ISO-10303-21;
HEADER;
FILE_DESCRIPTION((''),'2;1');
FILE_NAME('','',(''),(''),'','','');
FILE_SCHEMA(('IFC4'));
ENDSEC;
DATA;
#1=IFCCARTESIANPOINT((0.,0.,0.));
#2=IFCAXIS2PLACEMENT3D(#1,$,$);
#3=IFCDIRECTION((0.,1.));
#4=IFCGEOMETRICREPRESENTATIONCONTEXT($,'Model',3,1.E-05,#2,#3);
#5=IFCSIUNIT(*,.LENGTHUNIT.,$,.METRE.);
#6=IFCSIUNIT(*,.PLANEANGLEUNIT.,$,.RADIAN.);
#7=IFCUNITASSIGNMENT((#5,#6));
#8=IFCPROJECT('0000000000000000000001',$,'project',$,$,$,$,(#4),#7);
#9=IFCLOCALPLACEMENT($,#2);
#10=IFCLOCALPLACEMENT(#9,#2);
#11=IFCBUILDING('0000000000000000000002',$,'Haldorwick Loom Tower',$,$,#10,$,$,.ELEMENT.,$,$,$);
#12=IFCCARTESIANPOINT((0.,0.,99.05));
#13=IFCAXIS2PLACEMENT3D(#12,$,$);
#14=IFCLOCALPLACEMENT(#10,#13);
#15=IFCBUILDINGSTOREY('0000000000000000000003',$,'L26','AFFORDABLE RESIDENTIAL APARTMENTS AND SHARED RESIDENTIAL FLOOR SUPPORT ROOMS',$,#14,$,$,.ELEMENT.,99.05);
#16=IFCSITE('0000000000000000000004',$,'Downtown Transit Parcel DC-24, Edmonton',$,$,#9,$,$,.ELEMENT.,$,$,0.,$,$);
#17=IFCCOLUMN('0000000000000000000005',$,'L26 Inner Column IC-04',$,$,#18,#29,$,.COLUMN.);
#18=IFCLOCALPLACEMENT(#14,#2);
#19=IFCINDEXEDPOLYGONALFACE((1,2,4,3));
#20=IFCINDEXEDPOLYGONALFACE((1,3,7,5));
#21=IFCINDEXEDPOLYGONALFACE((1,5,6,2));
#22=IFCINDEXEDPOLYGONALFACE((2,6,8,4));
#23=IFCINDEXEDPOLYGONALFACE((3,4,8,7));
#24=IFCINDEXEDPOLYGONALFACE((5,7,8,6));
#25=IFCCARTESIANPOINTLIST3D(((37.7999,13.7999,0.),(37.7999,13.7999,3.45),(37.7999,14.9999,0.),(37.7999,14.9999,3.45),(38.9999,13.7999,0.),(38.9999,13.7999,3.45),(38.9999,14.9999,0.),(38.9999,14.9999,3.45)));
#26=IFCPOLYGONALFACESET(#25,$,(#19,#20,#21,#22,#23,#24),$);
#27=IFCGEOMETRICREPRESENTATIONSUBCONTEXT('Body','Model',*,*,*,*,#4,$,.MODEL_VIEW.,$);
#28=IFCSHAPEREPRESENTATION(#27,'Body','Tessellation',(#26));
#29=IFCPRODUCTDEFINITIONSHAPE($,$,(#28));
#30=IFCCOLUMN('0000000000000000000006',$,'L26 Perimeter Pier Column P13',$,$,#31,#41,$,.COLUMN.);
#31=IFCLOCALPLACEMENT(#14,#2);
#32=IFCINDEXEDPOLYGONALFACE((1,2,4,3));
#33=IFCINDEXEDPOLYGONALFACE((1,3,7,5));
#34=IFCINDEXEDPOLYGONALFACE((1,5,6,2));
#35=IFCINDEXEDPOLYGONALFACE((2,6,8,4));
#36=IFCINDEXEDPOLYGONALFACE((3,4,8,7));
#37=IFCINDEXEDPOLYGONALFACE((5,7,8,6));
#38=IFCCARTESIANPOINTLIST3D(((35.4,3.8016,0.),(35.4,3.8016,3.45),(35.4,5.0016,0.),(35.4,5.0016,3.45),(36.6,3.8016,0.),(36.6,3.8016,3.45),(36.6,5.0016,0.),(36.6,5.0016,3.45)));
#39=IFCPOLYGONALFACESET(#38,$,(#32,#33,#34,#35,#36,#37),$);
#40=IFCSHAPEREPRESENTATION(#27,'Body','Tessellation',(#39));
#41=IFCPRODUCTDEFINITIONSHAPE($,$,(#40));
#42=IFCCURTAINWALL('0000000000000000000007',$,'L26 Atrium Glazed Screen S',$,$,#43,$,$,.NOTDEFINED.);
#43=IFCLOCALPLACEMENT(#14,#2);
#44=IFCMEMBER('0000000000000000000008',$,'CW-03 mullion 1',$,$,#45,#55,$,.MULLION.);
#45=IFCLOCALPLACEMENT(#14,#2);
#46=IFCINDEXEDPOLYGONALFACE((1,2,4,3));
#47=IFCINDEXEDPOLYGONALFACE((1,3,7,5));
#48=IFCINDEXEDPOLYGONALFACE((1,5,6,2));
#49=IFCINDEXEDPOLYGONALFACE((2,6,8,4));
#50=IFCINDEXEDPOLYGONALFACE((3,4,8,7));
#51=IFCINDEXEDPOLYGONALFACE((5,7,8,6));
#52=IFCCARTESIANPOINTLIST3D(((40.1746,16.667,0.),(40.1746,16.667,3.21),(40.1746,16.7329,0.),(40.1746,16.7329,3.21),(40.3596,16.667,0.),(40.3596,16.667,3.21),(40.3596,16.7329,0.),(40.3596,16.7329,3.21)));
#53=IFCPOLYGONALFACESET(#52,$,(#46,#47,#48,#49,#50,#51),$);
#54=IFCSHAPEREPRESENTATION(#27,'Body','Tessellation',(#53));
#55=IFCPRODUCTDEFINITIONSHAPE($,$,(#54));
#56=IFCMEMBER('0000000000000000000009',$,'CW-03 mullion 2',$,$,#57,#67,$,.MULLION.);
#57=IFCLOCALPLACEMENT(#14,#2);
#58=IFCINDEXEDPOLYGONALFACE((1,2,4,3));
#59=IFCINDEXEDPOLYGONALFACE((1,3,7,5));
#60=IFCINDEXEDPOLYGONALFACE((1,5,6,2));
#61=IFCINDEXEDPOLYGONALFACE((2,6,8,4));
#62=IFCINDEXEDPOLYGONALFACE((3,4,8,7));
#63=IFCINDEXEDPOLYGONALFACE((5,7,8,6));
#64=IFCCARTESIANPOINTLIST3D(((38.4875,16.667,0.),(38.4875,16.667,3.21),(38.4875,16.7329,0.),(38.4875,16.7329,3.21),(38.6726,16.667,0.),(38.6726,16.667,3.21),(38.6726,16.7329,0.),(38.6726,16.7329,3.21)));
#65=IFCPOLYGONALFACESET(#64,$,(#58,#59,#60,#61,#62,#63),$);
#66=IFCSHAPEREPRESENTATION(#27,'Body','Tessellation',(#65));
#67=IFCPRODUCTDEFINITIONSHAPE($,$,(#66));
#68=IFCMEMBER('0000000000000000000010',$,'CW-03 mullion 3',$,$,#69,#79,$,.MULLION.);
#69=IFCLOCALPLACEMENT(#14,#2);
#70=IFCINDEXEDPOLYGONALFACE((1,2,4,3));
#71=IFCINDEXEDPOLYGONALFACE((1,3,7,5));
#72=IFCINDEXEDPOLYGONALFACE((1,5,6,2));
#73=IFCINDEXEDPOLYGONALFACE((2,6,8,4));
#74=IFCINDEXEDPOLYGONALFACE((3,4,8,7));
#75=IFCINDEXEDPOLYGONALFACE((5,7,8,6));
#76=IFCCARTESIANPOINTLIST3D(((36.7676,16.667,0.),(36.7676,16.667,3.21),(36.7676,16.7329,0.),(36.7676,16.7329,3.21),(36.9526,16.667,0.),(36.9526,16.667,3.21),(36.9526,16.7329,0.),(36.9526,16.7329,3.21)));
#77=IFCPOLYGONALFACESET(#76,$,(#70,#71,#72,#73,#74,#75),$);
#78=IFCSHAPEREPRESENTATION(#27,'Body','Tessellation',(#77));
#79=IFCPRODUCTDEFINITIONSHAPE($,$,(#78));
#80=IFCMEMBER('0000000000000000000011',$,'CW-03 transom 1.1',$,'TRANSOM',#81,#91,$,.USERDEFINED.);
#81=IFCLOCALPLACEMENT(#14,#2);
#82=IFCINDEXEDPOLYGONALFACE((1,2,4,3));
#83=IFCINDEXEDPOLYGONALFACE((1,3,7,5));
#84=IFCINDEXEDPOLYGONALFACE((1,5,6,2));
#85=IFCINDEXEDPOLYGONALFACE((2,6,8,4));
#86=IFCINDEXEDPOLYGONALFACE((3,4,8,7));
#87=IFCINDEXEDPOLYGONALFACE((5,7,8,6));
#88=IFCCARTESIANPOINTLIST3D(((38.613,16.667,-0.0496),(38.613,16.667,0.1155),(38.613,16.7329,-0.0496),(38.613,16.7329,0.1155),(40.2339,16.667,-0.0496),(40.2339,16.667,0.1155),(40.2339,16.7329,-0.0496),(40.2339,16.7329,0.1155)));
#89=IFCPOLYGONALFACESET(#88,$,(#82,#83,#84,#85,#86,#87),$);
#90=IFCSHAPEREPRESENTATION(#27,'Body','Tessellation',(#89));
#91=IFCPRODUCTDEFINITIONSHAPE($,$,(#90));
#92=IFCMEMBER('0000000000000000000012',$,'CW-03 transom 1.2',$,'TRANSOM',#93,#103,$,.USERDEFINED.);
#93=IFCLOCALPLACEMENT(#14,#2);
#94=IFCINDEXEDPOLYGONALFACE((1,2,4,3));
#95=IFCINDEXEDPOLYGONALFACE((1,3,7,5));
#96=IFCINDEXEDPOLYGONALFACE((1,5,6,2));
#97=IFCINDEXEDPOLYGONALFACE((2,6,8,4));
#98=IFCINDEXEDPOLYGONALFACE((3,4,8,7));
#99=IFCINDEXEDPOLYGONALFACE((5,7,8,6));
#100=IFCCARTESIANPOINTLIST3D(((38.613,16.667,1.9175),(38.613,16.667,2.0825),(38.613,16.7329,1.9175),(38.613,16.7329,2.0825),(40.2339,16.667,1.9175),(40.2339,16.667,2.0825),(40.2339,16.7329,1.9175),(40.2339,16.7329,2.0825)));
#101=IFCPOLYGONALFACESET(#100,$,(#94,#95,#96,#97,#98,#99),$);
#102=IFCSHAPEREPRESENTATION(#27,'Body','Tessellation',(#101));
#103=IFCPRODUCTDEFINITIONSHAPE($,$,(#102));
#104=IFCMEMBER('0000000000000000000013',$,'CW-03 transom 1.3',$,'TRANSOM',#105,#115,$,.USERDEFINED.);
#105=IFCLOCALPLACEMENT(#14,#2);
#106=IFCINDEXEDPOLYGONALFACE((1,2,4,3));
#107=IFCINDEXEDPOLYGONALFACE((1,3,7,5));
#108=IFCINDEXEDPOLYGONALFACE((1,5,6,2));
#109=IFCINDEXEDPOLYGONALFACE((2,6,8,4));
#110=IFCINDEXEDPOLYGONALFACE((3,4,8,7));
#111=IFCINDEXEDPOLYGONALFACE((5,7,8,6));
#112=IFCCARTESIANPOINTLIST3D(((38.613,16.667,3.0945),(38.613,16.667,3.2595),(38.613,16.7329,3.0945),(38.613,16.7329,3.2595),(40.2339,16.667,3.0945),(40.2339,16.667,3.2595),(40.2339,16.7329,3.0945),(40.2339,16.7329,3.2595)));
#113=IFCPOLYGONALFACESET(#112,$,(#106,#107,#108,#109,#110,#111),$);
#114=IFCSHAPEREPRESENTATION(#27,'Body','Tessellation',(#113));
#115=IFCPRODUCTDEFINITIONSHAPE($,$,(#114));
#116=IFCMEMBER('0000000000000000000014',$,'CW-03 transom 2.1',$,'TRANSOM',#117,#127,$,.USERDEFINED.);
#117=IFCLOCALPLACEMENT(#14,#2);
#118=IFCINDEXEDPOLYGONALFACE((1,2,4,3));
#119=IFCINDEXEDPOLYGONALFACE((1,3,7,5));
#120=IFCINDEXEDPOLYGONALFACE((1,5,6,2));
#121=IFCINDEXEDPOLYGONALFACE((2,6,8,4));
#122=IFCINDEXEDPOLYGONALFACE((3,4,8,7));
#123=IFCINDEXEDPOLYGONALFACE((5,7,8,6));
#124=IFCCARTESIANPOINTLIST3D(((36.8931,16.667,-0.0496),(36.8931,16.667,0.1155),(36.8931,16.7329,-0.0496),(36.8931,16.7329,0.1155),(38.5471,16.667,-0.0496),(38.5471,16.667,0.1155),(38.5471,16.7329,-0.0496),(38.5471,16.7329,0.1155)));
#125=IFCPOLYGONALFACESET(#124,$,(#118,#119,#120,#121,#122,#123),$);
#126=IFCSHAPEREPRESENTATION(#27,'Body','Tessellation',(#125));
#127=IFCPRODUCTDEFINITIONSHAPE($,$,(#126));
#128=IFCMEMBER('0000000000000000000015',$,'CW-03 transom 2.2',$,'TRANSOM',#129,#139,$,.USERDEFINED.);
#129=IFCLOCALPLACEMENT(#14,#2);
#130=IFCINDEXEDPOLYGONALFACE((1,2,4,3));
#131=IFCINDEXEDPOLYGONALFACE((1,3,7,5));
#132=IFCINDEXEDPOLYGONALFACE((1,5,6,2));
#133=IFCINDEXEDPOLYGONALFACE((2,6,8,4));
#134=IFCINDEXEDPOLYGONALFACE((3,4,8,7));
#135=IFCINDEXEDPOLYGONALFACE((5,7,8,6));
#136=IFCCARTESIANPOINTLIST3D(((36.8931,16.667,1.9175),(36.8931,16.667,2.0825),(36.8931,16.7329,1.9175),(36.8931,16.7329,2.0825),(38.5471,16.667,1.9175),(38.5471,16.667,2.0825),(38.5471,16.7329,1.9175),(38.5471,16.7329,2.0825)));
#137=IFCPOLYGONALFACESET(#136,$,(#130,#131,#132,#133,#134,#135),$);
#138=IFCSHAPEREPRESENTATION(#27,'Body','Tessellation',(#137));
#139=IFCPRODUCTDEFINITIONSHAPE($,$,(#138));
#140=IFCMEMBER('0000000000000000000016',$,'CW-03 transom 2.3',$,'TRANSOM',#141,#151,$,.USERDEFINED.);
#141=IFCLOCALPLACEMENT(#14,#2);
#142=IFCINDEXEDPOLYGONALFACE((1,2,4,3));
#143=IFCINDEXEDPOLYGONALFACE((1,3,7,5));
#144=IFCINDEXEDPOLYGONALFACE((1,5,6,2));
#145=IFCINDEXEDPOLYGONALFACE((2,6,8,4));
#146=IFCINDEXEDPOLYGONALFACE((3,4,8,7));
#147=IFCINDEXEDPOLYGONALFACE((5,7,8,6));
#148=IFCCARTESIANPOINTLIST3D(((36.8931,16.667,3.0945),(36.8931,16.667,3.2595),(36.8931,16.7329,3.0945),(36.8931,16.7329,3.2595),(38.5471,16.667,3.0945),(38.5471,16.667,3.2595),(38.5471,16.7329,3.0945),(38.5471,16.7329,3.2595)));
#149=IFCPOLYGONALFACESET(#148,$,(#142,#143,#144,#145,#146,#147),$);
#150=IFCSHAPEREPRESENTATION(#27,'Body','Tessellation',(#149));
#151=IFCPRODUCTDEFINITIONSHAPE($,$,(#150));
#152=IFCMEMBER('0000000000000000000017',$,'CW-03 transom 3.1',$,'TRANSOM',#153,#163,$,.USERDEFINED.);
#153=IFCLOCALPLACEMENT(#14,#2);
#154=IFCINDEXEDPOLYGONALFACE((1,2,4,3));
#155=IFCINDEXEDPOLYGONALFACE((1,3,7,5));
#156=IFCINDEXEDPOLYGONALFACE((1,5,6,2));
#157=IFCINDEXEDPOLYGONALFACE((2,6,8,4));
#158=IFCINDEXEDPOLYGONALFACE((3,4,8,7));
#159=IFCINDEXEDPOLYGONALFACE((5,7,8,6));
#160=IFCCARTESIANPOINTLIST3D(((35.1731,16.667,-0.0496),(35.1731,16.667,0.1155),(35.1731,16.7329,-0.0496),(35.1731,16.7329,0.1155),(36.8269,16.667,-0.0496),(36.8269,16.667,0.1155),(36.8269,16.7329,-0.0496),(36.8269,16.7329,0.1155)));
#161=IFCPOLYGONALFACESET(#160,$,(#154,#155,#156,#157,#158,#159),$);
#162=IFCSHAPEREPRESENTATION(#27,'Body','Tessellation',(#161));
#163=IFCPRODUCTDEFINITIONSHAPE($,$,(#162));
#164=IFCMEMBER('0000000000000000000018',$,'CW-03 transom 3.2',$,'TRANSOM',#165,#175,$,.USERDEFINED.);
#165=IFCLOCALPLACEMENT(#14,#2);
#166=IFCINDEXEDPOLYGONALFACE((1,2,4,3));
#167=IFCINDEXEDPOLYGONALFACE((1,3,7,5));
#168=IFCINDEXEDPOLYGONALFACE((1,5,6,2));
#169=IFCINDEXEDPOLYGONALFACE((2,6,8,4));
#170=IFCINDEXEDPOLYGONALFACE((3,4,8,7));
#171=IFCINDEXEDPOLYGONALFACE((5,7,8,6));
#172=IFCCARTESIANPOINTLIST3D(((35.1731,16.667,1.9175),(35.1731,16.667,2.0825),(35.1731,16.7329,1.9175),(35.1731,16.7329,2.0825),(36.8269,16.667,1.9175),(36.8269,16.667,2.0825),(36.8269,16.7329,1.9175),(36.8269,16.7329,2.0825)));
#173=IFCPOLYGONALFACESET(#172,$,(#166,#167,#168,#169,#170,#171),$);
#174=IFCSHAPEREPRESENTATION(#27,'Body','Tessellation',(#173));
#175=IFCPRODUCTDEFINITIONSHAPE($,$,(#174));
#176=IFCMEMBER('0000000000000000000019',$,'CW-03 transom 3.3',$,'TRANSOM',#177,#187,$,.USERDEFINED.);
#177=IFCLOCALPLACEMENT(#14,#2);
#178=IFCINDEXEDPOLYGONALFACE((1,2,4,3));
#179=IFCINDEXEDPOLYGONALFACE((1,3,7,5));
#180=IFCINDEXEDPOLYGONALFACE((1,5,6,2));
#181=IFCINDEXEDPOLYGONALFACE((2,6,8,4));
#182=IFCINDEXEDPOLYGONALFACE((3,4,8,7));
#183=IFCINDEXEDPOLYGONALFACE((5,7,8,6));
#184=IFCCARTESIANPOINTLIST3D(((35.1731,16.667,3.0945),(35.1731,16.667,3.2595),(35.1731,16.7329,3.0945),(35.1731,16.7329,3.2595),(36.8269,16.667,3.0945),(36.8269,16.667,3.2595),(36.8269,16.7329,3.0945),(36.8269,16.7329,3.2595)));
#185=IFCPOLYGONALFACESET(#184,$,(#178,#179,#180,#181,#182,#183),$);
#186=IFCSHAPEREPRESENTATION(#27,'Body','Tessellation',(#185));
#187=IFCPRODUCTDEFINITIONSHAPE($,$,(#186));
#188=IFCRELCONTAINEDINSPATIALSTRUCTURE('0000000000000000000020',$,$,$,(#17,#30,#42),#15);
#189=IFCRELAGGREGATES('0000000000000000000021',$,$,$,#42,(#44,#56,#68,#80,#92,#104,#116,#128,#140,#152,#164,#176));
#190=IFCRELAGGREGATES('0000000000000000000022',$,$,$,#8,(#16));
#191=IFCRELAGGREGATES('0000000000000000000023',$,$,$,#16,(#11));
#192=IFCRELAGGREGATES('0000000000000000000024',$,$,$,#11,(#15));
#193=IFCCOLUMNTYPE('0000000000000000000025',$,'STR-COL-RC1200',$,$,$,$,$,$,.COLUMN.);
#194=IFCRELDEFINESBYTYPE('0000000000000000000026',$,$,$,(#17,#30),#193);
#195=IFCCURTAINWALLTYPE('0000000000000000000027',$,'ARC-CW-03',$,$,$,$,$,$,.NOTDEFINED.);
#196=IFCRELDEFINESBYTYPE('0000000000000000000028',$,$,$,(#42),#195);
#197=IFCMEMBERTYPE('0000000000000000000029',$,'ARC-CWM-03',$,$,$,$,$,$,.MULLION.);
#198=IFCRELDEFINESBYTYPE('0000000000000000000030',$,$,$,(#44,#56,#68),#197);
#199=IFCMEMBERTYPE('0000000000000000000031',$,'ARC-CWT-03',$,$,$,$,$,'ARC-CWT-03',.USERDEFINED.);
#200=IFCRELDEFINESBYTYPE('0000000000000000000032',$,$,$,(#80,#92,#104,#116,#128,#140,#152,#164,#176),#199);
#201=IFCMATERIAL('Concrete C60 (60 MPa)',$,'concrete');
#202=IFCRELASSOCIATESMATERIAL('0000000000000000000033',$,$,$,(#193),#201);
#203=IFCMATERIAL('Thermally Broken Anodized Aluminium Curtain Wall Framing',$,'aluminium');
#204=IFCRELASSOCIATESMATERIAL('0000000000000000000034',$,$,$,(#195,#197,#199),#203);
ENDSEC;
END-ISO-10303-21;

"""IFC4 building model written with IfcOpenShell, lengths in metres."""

from ifc_helpers import new_model, si_unit, direction, frame, origin, origin_2d, place, context, subcontext, project, spatial, rectangle, extrude, material, material_profile, profile_set, type_object, element, aggregate, save


model = new_model("IFC4")

# Units and contexts
model_context = context("Model", 3, precision=1e-05, world=origin(), true_north=direction((0.0, 1.0)))
body_context = subcontext(model_context, "Body", "Model", "MODEL_VIEW")
ifc_project = project(units=[si_unit("LENGTHUNIT", "METRE"), si_unit("PLANEANGLEUNIT", "RADIAN")], contexts=[model_context])

# Site, building, storey
site_placement = place(None, origin())
site = spatial("IfcSite", under=ifc_project, at=site_placement, Name="Downtown Transit Parcel DC-24, Edmonton", CompositionType="ELEMENT", RefElevation=0.0)
building_placement = place(site_placement, origin())
building = spatial("IfcBuilding", under=site, at=building_placement, Name="Haldorwick Loom Tower", CompositionType="ELEMENT")
storey_placement = place(building_placement, frame((0.0, 0.0, 99.05)))
storey = spatial("IfcBuildingStorey", under=building, at=storey_placement, Name="L26", Description="AFFORDABLE RESIDENTIAL APARTMENTS AND SHARED RESIDENTIAL FLOOR SUPPORT ROOMS", CompositionType="ELEMENT", Elevation=99.05)

# Columns
ifc_material_1 = material(Name="Concrete C60 (60 MPa)", Category="concrete")
ifc_material_profile_1 = material_profile(ifc_material_1, rectangle(XDim=1.2, YDim=1.2, at=origin_2d()), Name="RC1200X1200", Category="concrete")
ifc_profile_set_1 = profile_set([ifc_material_profile_1], Name="Concrete C60 (60 MPa)")
column_type = type_object("IfcColumnType", Name="STR-COL-RC1200", PredefinedType="COLUMN", material=ifc_profile_set_1)
for number, where, z_axis, x_axis, name in (
    (1, (38.3999, 14.3999, 0.0), (0.0, 0.0, 1.0), (1.0, 0.0, 0.0), "L26 Inner Column IC-04"),
    (2, (36.0, 4.4016, 0.0), (0.0, 0.0, 1.0), (0.0, -1.0, 0.0), "L26 Perimeter Pier Column P13"),
):
    element("IfcColumn", number, at=place(storey_placement, frame(where, z_axis=z_axis, x_axis=x_axis)), inside=storey, type_object=column_type, Name=name, PredefinedType="COLUMN", context=body_context, shape_type="SweptSolid", body=[
        extrude(rectangle(XDim=1.2, YDim=1.2, at=origin_2d()), origin(), (0.0, 0.0, 1.0), 3.45),
    ])

# Curtain wall, members
ifc_material_2 = material(Name="Thermally Broken Anodized Aluminium Curtain Wall Framing", Category="aluminium")
curtain_wall_type = type_object("IfcCurtainWallType", Name="ARC-CW-03", PredefinedType="NOTDEFINED", material=ifc_material_2)
curtain_wall_placement = place(storey_placement, origin())
curtain_wall = element("IfcCurtainWall", 3, at=curtain_wall_placement, inside=storey, type_object=curtain_wall_type, Name="L26 Atrium Glazed Screen S", PredefinedType="NOTDEFINED")
ifc_material_profile_2 = material_profile(ifc_material_2, rectangle(XDim=0.0659, YDim=0.1851, at=origin_2d()), Name="ALU_MUL_66X185", Category="aluminium")
ifc_profile_set_2 = profile_set([ifc_material_profile_2], Name="Thermally Broken Anodized Aluminium Curtain Wall Framing")
member_type_1 = type_object("IfcMemberType", Name="ARC-CWM-03", PredefinedType="MULLION", material=ifc_profile_set_2)
member_1_placement = place(storey_placement, frame((40.2671, 16.7, 0.0), z_axis=(0.0, 0.0, 1.0), x_axis=(0.0, -1.0, 0.0)))
member_1 = element("IfcMember", 4, at=member_1_placement, type_object=member_type_1, Name="CW-03 mullion 1", PredefinedType="MULLION", context=body_context, shape_type="SweptSolid", body=[
    extrude(rectangle(XDim=0.0659, YDim=0.1851, at=origin_2d()), origin(), (0.0, 0.0, 1.0), 3.21),
])
member_2_placement = place(storey_placement, frame((38.5801, 16.7, 0.0), z_axis=(0.0, 0.0, 1.0), x_axis=(0.0, -1.0, 0.0)))
member_2 = element("IfcMember", 5, at=member_2_placement, type_object=member_type_1, Name="CW-03 mullion 2", PredefinedType="MULLION", context=body_context, shape_type="SweptSolid", body=[
    extrude(rectangle(XDim=0.0659, YDim=0.1851, at=origin_2d()), origin(), (0.0, 0.0, 1.0), 3.21),
])
member_3_placement = place(storey_placement, frame((36.8601, 16.7, 0.0), z_axis=(0.0, 0.0, 1.0), x_axis=(0.0, -1.0, 0.0)))
member_3 = element("IfcMember", 6, at=member_3_placement, type_object=member_type_1, Name="CW-03 mullion 3", PredefinedType="MULLION", context=body_context, shape_type="SweptSolid", body=[
    extrude(rectangle(XDim=0.0659, YDim=0.1851, at=origin_2d()), origin(), (0.0, 0.0, 1.0), 3.21),
])
ifc_material_profile_3 = material_profile(ifc_material_2, rectangle(XDim=0.0659, YDim=0.165, at=origin_2d()), Name="ALU_TRN_66X165", Category="aluminium")
ifc_profile_set_3 = profile_set([ifc_material_profile_3], Name="Thermally Broken Anodized Aluminium Curtain Wall Framing")
member_type_2 = type_object("IfcMemberType", Name="ARC-CWT-03", ElementType="ARC-CWT-03", PredefinedType="USERDEFINED", material=ifc_profile_set_3)
member_4_placement = place(storey_placement, frame((40.2339, 16.7, 0.033), z_axis=(-1.0, 0.0, 0.0), x_axis=(0.0, -1.0, 0.0)))
member_4 = element("IfcMember", 7, at=member_4_placement, type_object=member_type_2, Name="CW-03 transom 1.1", ObjectType="TRANSOM", PredefinedType="USERDEFINED", context=body_context, shape_type="SweptSolid", body=[
    extrude(rectangle(XDim=0.0659, YDim=0.165, at=origin_2d()), origin(), (0.0, 0.0, 1.0), 1.6208),
])
member_5_placement = place(storey_placement, frame((40.2339, 16.7, 2.0), z_axis=(-1.0, 0.0, 0.0), x_axis=(0.0, -1.0, 0.0)))
member_5 = element("IfcMember", 8, at=member_5_placement, type_object=member_type_2, Name="CW-03 transom 1.2", ObjectType="TRANSOM", PredefinedType="USERDEFINED", context=body_context, shape_type="SweptSolid", body=[
    extrude(rectangle(XDim=0.0659, YDim=0.165, at=origin_2d()), origin(), (0.0, 0.0, 1.0), 1.6208),
])
member_6_placement = place(storey_placement, frame((40.2339, 16.7, 3.177), z_axis=(-1.0, 0.0, 0.0), x_axis=(0.0, -1.0, 0.0)))
member_6 = element("IfcMember", 9, at=member_6_placement, type_object=member_type_2, Name="CW-03 transom 1.3", ObjectType="TRANSOM", PredefinedType="USERDEFINED", context=body_context, shape_type="SweptSolid", body=[
    extrude(rectangle(XDim=0.0659, YDim=0.165, at=origin_2d()), origin(), (0.0, 0.0, 1.0), 1.6208),
])
member_7_placement = place(storey_placement, frame((38.5471, 16.7, 0.033), z_axis=(-1.0, 0.0, 0.0), x_axis=(0.0, -1.0, 0.0)))
member_7 = element("IfcMember", 10, at=member_7_placement, type_object=member_type_2, Name="CW-03 transom 2.1", ObjectType="TRANSOM", PredefinedType="USERDEFINED", context=body_context, shape_type="SweptSolid", body=[
    extrude(rectangle(XDim=0.0659, YDim=0.165, at=origin_2d()), origin(), (0.0, 0.0, 1.0), 1.6541),
])
member_8_placement = place(storey_placement, frame((38.5471, 16.7, 2.0), z_axis=(-1.0, 0.0, 0.0), x_axis=(0.0, -1.0, 0.0)))
member_8 = element("IfcMember", 11, at=member_8_placement, type_object=member_type_2, Name="CW-03 transom 2.2", ObjectType="TRANSOM", PredefinedType="USERDEFINED", context=body_context, shape_type="SweptSolid", body=[
    extrude(rectangle(XDim=0.0659, YDim=0.165, at=origin_2d()), origin(), (0.0, 0.0, 1.0), 1.6541),
])
member_9_placement = place(storey_placement, frame((38.5471, 16.7, 3.177), z_axis=(-1.0, 0.0, 0.0), x_axis=(0.0, -1.0, 0.0)))
member_9 = element("IfcMember", 12, at=member_9_placement, type_object=member_type_2, Name="CW-03 transom 2.3", ObjectType="TRANSOM", PredefinedType="USERDEFINED", context=body_context, shape_type="SweptSolid", body=[
    extrude(rectangle(XDim=0.0659, YDim=0.165, at=origin_2d()), origin(), (0.0, 0.0, 1.0), 1.6541),
])
member_10_placement = place(storey_placement, frame((36.8269, 16.7, 0.033), z_axis=(-1.0, 0.0, 0.0), x_axis=(0.0, -1.0, 0.0)))
member_10 = element("IfcMember", 13, at=member_10_placement, type_object=member_type_2, Name="CW-03 transom 3.1", ObjectType="TRANSOM", PredefinedType="USERDEFINED", context=body_context, shape_type="SweptSolid", body=[
    extrude(rectangle(XDim=0.0659, YDim=0.165, at=origin_2d()), origin(), (0.0, 0.0, 1.0), 1.6538),
])
member_11_placement = place(storey_placement, frame((36.8269, 16.7, 2.0), z_axis=(-1.0, 0.0, 0.0), x_axis=(0.0, -1.0, 0.0)))
member_11 = element("IfcMember", 14, at=member_11_placement, type_object=member_type_2, Name="CW-03 transom 3.2", ObjectType="TRANSOM", PredefinedType="USERDEFINED", context=body_context, shape_type="SweptSolid", body=[
    extrude(rectangle(XDim=0.0659, YDim=0.165, at=origin_2d()), origin(), (0.0, 0.0, 1.0), 1.6538),
])
member_12_placement = place(storey_placement, frame((36.8269, 16.7, 3.177), z_axis=(-1.0, 0.0, 0.0), x_axis=(0.0, -1.0, 0.0)))
member_12 = element("IfcMember", 15, at=member_12_placement, type_object=member_type_2, Name="CW-03 transom 3.3", ObjectType="TRANSOM", PredefinedType="USERDEFINED", context=body_context, shape_type="SweptSolid", body=[
    extrude(rectangle(XDim=0.0659, YDim=0.165, at=origin_2d()), origin(), (0.0, 0.0, 1.0), 1.6538),
])

aggregate(curtain_wall, [member_1, member_2, member_3, member_4, member_5, member_6, member_7, member_8, member_9, member_10, member_11, member_12])

save(model, "model.ifc")
